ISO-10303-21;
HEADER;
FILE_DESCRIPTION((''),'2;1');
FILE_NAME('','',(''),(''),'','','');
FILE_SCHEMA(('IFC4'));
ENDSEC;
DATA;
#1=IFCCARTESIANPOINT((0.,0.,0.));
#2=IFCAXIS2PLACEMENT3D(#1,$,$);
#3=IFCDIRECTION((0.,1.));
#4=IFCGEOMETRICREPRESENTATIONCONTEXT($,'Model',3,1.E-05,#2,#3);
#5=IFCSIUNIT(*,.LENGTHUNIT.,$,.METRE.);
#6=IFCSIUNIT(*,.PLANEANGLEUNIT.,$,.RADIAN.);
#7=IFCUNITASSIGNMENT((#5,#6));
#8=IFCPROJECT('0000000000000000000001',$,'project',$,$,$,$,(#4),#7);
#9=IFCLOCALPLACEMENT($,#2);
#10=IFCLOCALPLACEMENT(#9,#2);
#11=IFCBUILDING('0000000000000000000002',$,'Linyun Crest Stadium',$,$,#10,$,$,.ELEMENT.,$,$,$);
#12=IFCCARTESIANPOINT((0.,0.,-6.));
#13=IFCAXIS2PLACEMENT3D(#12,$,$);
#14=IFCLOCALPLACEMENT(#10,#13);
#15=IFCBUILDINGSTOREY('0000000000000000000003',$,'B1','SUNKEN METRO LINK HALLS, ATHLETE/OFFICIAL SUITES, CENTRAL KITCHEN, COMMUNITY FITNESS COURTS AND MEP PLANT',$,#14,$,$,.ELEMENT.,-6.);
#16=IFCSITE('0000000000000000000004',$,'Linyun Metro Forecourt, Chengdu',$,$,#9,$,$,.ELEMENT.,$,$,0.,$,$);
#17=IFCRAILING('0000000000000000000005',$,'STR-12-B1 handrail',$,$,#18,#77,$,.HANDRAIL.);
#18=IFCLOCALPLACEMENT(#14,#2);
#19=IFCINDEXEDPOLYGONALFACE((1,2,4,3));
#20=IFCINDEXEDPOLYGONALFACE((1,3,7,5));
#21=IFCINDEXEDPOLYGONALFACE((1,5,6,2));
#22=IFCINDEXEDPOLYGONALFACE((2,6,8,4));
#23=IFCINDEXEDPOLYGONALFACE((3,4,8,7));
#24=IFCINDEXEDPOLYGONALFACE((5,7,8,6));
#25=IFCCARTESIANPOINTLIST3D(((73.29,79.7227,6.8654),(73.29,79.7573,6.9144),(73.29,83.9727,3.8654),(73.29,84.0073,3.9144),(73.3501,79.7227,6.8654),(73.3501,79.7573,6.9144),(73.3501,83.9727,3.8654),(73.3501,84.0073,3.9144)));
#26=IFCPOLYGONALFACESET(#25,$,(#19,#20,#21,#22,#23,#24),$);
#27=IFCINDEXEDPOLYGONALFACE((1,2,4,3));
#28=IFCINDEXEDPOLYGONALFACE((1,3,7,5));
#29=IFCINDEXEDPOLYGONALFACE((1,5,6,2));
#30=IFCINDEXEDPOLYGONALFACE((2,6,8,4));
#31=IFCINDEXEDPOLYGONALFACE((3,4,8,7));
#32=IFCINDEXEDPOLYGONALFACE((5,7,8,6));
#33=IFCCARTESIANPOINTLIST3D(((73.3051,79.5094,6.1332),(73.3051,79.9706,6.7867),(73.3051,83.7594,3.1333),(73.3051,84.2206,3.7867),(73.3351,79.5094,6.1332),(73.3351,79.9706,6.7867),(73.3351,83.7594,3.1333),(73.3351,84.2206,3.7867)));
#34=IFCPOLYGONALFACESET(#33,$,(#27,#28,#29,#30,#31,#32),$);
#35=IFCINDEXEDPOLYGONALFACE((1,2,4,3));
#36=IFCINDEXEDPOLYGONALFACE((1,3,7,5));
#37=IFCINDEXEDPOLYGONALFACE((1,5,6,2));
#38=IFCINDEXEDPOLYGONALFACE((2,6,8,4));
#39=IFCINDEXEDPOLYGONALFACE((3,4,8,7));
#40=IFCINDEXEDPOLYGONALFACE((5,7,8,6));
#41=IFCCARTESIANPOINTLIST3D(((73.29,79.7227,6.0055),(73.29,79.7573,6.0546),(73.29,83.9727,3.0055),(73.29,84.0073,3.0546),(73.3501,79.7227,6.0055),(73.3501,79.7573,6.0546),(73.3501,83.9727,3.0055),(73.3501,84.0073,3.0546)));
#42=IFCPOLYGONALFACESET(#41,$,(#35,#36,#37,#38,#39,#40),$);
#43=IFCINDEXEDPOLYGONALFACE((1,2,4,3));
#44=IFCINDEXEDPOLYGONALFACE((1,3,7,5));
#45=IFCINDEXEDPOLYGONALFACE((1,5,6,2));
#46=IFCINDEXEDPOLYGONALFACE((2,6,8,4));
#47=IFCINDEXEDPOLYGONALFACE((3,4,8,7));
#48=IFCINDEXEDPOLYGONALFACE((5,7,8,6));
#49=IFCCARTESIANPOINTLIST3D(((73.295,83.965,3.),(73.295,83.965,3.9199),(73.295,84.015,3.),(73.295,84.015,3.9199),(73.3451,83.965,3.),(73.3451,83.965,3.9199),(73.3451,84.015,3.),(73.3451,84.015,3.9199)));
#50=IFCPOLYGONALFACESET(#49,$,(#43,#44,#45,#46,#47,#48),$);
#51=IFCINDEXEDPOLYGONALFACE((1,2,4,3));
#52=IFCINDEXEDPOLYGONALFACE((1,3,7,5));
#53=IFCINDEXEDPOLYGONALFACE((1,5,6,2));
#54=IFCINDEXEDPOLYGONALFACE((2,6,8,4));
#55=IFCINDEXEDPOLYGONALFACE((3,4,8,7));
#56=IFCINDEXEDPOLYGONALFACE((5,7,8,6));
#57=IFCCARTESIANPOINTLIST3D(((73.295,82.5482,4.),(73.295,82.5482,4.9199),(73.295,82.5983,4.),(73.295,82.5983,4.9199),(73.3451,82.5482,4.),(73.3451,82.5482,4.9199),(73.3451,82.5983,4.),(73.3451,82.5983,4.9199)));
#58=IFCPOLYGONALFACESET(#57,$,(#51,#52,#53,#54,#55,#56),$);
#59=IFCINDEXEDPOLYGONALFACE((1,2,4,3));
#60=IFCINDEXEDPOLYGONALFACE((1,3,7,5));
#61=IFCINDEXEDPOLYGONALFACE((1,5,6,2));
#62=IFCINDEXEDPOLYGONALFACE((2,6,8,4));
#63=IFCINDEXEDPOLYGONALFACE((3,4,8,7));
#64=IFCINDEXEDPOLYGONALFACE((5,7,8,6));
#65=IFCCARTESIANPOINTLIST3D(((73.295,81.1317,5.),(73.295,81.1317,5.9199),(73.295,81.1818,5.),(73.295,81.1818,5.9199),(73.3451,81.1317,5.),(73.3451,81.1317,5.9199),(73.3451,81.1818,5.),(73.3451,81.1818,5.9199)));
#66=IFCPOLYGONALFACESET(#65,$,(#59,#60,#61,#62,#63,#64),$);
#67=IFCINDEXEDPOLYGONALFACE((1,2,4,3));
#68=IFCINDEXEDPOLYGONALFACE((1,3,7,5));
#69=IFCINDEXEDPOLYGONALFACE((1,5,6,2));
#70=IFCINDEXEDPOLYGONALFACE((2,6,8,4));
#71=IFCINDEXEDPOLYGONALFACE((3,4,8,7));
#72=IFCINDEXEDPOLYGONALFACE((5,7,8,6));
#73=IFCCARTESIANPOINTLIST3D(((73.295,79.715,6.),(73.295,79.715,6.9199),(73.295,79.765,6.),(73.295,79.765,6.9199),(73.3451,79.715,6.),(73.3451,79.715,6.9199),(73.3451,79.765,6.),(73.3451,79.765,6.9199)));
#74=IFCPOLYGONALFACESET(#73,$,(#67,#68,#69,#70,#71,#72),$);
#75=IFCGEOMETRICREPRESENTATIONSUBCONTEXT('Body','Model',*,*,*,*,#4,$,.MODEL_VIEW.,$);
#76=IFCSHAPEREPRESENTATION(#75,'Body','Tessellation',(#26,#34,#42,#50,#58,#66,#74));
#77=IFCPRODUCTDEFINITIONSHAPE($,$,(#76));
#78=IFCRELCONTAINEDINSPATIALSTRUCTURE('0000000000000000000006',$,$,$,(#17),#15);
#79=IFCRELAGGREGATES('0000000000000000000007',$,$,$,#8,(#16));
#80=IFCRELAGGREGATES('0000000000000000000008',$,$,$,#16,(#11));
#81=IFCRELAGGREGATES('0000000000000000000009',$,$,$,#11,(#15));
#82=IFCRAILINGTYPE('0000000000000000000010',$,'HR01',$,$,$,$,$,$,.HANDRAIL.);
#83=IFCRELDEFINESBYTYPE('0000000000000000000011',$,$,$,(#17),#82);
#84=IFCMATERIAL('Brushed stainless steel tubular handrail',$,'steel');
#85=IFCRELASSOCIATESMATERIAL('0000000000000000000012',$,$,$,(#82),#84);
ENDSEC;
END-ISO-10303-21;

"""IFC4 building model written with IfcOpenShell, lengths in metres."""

from ifc_helpers import new_model, si_unit, direction, frame, origin, origin_2d, place, context, subcontext, project, spatial, rectangle, extrude, material, type_object, element, save


model = new_model("IFC4")

# Units and contexts
model_context = context("Model", 3, precision=1e-05, world=origin(), true_north=direction((0.0, 1.0)))
body_context = subcontext(model_context, "Body", "Model", "MODEL_VIEW")
ifc_project = project(units=[si_unit("LENGTHUNIT", "METRE"), si_unit("PLANEANGLEUNIT", "RADIAN")], contexts=[model_context])

# Site, building, storey
site_placement = place(None, origin())
site = spatial("IfcSite", under=ifc_project, at=site_placement, Name="Linyun Metro Forecourt, Chengdu", CompositionType="ELEMENT", RefElevation=0.0)
building_placement = place(site_placement, origin())
building = spatial("IfcBuilding", under=site, at=building_placement, Name="Linyun Crest Stadium", CompositionType="ELEMENT")
storey_placement = place(building_placement, frame((0.0, 0.0, -6.0)))
storey = spatial("IfcBuildingStorey", under=building, at=storey_placement, Name="B1", Description="SUNKEN METRO LINK HALLS, ATHLETE/OFFICIAL SUITES, CENTRAL KITCHEN, COMMUNITY FITNESS COURTS AND MEP PLANT", CompositionType="ELEMENT", Elevation=-6.0)

# Railing
ifc_material_1 = material(Name="Brushed stainless steel tubular handrail", Category="steel")
railing_type = type_object("IfcRailingType", Name="HR01", PredefinedType="HANDRAIL", material=ifc_material_1)
railing_placement = place(storey_placement, frame((73.3201, 83.99, 3.0)))
element("IfcRailing", 1, at=railing_placement, inside=storey, type_object=railing_type, Name="STR-12-B1 handrail", PredefinedType="HANDRAIL", context=body_context, shape_type="SweptSolid", body=[
    extrude(rectangle(XDim=0.0601, YDim=0.0601, at=origin_2d()), frame((0.0, 0.0, 0.8899), z_axis=(0.0, -0.816968, 0.576683), x_axis=(1.0, 0.0, 0.0)), (0.0, 0.0, 1.0), 5.2021),
    extrude(rectangle(XDim=0.03, YDim=0.7998, at=origin_2d()), frame((0.0, 0.0, 0.46), z_axis=(0.0, -0.816968, 0.576683), x_axis=(1.0, 0.0, 0.0)), (0.0, 0.0, 1.0), 5.2021),
    extrude(rectangle(XDim=0.0601, YDim=0.0601, at=origin_2d()), frame((0.0, 0.0, 0.03), z_axis=(0.0, -0.816968, 0.576683), x_axis=(1.0, 0.0, 0.0)), (0.0, 0.0, 1.0), 5.2021),
    extrude(rectangle(XDim=0.05, YDim=0.05, at=origin_2d()), origin(), (0.0, 0.0, 1.0), 0.9199),
    extrude(rectangle(XDim=0.05, YDim=0.05, at=origin_2d()), frame((0.0, -1.4167, 1.0)), (0.0, 0.0, 1.0), 0.9199),
    extrude(rectangle(XDim=0.05, YDim=0.05, at=origin_2d()), frame((0.0, -2.8333, 2.0)), (0.0, 0.0, 1.0), 0.9199),
    extrude(rectangle(XDim=0.05, YDim=0.05, at=origin_2d()), frame((0.0, -4.25, 3.0)), (0.0, 0.0, 1.0), 0.9199),
])

save(model, "model.ifc")
